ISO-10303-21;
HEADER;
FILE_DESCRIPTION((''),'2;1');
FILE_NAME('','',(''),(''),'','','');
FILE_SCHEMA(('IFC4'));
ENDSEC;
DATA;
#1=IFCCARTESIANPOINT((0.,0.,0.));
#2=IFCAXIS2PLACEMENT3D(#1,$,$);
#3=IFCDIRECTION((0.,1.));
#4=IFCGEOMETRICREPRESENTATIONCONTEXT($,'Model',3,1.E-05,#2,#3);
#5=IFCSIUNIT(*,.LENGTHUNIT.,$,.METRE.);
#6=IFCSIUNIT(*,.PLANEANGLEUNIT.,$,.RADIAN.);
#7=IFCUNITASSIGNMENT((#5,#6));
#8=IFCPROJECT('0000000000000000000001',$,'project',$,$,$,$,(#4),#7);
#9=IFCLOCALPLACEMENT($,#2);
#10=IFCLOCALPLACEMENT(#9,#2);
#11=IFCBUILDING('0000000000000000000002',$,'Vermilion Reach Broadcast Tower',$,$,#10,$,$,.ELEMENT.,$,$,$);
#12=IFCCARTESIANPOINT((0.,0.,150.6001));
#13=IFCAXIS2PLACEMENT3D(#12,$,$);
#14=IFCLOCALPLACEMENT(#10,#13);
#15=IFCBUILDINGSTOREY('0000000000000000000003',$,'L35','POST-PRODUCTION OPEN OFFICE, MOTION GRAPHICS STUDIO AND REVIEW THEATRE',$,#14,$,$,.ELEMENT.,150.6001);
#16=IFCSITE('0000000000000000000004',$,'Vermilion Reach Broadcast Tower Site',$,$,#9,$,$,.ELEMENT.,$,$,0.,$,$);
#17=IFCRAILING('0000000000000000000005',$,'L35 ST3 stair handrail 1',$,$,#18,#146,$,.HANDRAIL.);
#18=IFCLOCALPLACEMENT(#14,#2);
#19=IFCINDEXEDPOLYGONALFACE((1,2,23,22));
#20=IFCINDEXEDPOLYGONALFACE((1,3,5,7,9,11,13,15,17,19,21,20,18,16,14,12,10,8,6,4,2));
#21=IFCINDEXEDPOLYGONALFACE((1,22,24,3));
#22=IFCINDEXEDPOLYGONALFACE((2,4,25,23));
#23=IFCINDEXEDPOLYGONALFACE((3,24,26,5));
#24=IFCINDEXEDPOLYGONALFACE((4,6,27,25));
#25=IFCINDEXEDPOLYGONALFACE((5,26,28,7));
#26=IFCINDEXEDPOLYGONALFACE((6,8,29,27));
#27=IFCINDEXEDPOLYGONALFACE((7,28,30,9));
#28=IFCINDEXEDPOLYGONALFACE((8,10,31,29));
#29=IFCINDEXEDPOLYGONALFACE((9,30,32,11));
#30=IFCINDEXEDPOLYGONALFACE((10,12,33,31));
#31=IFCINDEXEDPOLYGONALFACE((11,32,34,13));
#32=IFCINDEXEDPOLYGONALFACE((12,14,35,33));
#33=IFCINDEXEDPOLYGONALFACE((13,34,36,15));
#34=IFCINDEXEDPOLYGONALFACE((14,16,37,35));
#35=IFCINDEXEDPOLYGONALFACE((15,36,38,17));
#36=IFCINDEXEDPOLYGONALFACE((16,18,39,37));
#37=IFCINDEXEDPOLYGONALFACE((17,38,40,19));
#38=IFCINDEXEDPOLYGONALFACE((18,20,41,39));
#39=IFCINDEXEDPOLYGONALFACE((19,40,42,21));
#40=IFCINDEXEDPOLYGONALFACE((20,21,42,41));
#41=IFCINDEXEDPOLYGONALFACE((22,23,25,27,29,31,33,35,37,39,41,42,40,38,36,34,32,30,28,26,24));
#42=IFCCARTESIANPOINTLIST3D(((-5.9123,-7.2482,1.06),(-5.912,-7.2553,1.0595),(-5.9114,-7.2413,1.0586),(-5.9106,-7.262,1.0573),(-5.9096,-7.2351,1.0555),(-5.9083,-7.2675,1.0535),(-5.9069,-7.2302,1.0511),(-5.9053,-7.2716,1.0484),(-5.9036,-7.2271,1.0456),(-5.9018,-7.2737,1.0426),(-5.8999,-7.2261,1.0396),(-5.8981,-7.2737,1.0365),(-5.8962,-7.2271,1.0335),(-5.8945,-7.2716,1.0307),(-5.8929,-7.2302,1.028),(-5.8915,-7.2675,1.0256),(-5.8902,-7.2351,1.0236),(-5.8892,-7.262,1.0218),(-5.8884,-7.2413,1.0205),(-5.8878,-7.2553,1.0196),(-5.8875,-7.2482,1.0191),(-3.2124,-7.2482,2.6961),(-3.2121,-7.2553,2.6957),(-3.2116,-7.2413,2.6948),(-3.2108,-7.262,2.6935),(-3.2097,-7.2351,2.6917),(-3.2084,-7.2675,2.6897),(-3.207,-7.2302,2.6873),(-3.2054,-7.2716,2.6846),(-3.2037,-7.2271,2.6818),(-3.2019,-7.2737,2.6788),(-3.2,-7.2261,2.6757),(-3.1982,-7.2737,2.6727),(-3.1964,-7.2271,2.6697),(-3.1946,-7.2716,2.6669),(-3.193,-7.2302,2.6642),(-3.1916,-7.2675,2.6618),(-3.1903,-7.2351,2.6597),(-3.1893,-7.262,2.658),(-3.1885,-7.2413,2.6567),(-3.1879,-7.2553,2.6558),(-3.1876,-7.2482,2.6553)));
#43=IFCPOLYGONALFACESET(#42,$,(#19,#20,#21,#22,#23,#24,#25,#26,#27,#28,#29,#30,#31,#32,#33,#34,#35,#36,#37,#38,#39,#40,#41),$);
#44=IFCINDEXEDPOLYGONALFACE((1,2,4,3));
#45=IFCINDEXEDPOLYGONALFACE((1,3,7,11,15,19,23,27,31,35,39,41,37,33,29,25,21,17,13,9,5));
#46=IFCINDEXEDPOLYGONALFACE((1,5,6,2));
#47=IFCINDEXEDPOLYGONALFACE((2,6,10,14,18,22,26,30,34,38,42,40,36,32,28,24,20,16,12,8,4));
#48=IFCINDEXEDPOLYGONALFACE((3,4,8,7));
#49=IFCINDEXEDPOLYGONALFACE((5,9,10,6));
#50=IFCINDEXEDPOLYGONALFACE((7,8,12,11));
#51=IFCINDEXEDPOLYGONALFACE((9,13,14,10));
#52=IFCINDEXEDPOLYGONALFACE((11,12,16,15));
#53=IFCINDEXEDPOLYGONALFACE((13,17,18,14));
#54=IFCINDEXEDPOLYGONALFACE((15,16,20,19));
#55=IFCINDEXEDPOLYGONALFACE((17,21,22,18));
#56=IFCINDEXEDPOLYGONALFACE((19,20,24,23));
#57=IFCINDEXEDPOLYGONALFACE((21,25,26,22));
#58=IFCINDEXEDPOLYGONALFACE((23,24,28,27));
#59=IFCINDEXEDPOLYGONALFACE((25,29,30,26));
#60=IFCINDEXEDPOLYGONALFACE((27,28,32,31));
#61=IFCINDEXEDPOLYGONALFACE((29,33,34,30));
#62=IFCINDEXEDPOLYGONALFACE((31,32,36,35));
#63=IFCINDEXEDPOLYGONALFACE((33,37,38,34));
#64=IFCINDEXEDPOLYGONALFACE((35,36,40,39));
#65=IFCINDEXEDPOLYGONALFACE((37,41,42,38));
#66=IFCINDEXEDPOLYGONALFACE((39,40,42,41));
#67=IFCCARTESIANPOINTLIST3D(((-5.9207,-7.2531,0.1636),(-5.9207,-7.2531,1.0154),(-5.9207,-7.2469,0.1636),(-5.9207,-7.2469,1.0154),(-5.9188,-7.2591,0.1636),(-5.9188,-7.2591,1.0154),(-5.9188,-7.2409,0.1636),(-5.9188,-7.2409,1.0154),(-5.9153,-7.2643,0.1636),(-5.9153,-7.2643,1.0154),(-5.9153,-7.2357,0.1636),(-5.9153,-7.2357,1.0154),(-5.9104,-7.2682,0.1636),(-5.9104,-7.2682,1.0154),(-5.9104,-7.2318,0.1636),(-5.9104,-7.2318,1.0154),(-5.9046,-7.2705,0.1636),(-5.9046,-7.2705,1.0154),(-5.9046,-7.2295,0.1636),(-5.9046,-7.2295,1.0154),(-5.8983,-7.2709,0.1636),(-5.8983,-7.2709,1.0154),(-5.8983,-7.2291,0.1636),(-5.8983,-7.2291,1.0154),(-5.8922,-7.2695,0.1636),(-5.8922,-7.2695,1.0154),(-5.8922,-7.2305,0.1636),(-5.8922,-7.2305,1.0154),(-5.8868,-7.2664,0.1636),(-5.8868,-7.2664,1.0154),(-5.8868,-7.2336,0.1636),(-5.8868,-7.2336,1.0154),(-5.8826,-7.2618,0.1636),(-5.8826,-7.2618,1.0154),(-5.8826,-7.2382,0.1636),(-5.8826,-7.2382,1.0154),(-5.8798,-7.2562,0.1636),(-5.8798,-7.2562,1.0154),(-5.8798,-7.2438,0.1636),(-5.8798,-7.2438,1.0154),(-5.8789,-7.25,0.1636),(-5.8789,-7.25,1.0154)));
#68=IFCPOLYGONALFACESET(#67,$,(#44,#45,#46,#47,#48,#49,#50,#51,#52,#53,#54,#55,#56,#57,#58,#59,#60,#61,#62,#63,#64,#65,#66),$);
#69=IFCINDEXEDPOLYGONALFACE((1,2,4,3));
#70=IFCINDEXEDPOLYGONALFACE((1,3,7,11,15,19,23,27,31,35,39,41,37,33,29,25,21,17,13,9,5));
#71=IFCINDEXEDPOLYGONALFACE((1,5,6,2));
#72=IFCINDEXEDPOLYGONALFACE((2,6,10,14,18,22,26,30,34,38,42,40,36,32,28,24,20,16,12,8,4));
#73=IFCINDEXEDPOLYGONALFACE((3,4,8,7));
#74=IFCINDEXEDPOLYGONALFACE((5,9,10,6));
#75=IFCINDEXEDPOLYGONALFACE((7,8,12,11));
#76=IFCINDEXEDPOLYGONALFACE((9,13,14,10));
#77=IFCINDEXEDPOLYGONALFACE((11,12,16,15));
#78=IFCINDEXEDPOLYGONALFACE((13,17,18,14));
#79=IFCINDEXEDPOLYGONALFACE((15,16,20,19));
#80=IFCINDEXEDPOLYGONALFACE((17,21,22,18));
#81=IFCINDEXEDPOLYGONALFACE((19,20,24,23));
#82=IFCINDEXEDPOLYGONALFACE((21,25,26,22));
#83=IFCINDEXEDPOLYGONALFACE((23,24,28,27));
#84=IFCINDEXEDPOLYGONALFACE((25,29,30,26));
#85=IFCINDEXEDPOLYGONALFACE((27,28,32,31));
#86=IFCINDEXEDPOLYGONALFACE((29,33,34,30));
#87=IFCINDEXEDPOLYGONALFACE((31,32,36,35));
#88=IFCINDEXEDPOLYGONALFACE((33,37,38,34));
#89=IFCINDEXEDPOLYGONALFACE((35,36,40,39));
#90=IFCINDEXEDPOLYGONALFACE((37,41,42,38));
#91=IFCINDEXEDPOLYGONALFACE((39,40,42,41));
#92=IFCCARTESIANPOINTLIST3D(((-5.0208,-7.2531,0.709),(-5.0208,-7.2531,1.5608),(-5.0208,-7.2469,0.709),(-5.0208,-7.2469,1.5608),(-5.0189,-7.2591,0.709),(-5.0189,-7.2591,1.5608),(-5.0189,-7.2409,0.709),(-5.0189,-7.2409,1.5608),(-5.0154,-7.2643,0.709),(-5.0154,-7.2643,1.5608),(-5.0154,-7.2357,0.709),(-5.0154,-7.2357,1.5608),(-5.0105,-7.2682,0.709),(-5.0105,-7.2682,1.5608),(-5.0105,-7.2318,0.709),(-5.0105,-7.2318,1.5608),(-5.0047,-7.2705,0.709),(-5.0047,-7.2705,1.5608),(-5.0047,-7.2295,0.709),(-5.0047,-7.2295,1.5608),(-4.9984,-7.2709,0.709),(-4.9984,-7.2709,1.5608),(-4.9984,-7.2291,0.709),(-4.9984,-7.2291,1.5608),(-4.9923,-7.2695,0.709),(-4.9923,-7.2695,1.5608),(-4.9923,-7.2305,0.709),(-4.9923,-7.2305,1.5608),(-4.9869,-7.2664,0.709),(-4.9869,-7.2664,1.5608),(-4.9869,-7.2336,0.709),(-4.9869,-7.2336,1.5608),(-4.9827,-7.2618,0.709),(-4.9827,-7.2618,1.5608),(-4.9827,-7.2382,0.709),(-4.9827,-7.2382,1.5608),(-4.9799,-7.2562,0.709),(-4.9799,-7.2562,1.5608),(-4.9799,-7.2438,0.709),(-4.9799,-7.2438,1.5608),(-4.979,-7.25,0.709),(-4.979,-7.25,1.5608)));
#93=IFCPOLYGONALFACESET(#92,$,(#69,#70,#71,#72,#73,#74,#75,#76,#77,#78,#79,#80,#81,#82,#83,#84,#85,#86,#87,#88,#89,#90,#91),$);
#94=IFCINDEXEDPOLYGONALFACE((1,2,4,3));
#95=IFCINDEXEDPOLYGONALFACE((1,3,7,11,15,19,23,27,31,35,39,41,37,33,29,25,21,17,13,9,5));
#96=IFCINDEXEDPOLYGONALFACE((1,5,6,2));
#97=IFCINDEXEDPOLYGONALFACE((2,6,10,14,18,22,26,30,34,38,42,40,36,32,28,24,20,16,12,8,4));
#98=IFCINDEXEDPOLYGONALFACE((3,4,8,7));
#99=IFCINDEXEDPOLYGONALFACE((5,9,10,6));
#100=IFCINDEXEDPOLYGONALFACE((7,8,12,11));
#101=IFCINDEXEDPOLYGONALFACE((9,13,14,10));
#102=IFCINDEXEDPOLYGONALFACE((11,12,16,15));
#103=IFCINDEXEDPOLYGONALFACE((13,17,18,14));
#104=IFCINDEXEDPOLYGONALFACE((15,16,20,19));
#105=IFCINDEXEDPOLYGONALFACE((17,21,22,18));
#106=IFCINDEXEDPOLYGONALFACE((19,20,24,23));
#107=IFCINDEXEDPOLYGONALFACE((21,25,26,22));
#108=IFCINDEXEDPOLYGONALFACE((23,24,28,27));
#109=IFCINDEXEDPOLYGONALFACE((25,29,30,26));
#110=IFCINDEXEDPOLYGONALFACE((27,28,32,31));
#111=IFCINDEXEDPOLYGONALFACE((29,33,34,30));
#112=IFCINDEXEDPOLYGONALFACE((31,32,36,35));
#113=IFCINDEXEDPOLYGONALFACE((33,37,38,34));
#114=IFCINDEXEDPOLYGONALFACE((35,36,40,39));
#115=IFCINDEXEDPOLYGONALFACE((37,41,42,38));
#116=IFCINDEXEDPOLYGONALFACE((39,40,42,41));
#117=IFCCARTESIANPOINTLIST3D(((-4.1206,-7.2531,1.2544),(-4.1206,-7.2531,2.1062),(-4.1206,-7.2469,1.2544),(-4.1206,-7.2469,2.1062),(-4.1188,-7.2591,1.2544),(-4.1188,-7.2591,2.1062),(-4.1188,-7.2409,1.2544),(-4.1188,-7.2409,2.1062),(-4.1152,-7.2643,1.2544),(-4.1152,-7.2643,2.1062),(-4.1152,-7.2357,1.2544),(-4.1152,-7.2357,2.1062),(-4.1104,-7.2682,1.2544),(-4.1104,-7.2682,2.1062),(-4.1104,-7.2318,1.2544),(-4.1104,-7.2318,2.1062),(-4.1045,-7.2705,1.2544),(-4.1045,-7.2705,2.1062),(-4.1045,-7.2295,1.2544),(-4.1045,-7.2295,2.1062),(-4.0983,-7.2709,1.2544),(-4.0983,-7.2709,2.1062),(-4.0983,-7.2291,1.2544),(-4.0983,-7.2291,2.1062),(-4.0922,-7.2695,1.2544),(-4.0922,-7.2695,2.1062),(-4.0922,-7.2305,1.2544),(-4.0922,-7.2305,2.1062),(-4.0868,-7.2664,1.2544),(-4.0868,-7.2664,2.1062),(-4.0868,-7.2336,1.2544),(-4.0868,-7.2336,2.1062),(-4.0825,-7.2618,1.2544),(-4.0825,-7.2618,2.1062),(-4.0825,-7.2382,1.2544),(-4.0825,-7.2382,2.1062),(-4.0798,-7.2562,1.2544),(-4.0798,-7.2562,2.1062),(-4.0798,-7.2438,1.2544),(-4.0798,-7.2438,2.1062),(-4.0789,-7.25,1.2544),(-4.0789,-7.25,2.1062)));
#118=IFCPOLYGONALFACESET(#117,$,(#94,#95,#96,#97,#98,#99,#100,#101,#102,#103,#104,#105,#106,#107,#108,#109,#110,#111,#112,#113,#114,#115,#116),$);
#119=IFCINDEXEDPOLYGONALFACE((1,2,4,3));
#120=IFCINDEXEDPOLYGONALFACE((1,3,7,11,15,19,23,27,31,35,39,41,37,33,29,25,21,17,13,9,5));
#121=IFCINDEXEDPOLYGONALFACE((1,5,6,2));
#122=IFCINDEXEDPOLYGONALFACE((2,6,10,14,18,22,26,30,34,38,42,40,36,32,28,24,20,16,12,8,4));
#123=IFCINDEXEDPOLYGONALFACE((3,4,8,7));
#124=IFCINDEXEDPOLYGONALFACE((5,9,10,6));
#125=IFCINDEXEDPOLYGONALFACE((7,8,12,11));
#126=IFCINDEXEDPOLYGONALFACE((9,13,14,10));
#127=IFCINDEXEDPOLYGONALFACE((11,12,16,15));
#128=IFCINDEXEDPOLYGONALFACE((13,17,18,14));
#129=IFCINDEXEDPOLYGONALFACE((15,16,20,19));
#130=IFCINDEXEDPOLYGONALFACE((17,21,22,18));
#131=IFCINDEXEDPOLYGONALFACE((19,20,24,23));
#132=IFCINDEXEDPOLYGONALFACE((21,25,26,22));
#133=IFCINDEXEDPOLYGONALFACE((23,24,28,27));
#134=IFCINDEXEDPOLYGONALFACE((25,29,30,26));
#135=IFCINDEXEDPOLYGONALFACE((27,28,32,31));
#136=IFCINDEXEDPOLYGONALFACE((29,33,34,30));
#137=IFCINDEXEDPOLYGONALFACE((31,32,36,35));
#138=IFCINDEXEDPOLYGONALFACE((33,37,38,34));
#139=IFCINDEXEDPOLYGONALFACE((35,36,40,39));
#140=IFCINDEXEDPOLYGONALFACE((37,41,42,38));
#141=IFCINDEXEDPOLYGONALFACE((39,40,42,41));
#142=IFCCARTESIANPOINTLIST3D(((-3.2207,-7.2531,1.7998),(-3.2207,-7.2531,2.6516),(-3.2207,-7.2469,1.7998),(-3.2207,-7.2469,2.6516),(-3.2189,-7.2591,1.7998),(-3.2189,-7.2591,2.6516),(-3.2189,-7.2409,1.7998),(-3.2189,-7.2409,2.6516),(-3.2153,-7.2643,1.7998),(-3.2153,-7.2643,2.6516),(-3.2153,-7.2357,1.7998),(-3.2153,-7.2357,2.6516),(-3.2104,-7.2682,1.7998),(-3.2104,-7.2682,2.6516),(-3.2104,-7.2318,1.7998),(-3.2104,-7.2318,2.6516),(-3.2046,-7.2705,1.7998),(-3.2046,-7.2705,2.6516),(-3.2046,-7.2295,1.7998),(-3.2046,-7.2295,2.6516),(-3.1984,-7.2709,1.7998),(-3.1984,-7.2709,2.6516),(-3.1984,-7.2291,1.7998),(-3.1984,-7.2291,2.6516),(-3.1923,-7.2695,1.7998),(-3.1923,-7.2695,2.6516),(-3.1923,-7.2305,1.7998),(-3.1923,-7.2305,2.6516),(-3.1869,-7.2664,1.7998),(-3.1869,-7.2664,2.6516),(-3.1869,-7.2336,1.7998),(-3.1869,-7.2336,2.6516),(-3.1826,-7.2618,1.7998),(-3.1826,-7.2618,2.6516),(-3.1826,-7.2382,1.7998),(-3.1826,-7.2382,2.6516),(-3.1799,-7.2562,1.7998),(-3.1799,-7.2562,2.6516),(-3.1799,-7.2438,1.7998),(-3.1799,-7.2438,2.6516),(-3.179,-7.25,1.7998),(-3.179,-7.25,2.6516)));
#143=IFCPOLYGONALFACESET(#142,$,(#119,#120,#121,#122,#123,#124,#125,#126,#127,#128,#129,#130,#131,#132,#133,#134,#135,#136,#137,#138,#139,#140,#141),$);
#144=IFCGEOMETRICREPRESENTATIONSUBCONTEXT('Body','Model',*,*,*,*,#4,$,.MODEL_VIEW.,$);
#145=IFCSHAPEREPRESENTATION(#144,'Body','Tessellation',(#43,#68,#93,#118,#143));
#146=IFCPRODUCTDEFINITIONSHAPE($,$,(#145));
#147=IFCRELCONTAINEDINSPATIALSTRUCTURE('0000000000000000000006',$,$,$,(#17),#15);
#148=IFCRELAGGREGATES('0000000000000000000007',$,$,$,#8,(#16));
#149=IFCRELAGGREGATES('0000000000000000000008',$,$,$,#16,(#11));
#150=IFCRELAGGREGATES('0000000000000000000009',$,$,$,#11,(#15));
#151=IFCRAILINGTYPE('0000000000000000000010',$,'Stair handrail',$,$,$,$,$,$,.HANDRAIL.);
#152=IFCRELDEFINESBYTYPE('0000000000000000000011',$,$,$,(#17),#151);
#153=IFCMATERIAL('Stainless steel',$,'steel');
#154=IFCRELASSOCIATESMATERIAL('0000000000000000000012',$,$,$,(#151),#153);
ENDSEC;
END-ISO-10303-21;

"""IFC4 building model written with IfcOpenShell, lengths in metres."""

from ifc_helpers import new_model, si_unit, direction, frame, origin, origin_2d, place, context, subcontext, project, spatial, circle, extrude, material, type_object, element, save


model = new_model("IFC4")

# Units and contexts
model_context = context("Model", 3, precision=1e-05, world=origin(), true_north=direction((0.0, 1.0)))
body_context = subcontext(model_context, "Body", "Model", "MODEL_VIEW")
ifc_project = project(units=[si_unit("LENGTHUNIT", "METRE"), si_unit("PLANEANGLEUNIT", "RADIAN")], contexts=[model_context])

# Site, building, storey
site_placement = place(None, origin())
site = spatial("IfcSite", under=ifc_project, at=site_placement, Name="Vermilion Reach Broadcast Tower Site", CompositionType="ELEMENT", RefElevation=0.0)
building_placement = place(site_placement, origin())
building = spatial("IfcBuilding", under=site, at=building_placement, Name="Vermilion Reach Broadcast Tower", CompositionType="ELEMENT")
storey_placement = place(building_placement, frame((0.0, 0.0, 150.6001)))
storey = spatial("IfcBuildingStorey", under=building, at=storey_placement, Name="L35", Description="POST-PRODUCTION OPEN OFFICE, MOTION GRAPHICS STUDIO AND REVIEW THEATRE", CompositionType="ELEMENT", Elevation=150.6001)

# Railing
ifc_material_1 = material(Name="Stainless steel", Category="steel")
railing_type_1 = type_object("IfcRailingType", Name="Stair handrail", PredefinedType="HANDRAIL", material=ifc_material_1)
railing_1_placement = place(storey_placement, frame((-5.8999, -7.25, 0.1636)))
element("IfcRailing", 1, at=railing_1_placement, inside=storey, type_object=railing_type_1, Name="L35 ST3 stair handrail 1", PredefinedType="HANDRAIL", context=body_context, shape_type="SweptSolid", body=[
    extrude(circle(Radius=0.0239, at=origin_2d()), frame((0.0, 0.0, 0.876), z_axis=(0.855212, 0.0, 0.518278), x_axis=(0.0, 1.0, 0.0)), (0.0, 0.0, 1.0), 3.157),
    extrude(circle(Radius=0.021, at=origin_2d()), origin(), (0.0, 0.0, 1.0), 0.8518),
    extrude(circle(Radius=0.021, at=origin_2d()), frame((0.8999, 0.0, 0.5454)), (0.0, 0.0, 1.0), 0.8518),
    extrude(circle(Radius=0.021, at=origin_2d()), frame((1.8, 0.0, 1.0908)), (0.0, 0.0, 1.0), 0.8518),
    extrude(circle(Radius=0.021, at=origin_2d()), frame((2.7, 0.0, 1.6362)), (0.0, 0.0, 1.0), 0.8518),
])

save(model, "model.ifc")
